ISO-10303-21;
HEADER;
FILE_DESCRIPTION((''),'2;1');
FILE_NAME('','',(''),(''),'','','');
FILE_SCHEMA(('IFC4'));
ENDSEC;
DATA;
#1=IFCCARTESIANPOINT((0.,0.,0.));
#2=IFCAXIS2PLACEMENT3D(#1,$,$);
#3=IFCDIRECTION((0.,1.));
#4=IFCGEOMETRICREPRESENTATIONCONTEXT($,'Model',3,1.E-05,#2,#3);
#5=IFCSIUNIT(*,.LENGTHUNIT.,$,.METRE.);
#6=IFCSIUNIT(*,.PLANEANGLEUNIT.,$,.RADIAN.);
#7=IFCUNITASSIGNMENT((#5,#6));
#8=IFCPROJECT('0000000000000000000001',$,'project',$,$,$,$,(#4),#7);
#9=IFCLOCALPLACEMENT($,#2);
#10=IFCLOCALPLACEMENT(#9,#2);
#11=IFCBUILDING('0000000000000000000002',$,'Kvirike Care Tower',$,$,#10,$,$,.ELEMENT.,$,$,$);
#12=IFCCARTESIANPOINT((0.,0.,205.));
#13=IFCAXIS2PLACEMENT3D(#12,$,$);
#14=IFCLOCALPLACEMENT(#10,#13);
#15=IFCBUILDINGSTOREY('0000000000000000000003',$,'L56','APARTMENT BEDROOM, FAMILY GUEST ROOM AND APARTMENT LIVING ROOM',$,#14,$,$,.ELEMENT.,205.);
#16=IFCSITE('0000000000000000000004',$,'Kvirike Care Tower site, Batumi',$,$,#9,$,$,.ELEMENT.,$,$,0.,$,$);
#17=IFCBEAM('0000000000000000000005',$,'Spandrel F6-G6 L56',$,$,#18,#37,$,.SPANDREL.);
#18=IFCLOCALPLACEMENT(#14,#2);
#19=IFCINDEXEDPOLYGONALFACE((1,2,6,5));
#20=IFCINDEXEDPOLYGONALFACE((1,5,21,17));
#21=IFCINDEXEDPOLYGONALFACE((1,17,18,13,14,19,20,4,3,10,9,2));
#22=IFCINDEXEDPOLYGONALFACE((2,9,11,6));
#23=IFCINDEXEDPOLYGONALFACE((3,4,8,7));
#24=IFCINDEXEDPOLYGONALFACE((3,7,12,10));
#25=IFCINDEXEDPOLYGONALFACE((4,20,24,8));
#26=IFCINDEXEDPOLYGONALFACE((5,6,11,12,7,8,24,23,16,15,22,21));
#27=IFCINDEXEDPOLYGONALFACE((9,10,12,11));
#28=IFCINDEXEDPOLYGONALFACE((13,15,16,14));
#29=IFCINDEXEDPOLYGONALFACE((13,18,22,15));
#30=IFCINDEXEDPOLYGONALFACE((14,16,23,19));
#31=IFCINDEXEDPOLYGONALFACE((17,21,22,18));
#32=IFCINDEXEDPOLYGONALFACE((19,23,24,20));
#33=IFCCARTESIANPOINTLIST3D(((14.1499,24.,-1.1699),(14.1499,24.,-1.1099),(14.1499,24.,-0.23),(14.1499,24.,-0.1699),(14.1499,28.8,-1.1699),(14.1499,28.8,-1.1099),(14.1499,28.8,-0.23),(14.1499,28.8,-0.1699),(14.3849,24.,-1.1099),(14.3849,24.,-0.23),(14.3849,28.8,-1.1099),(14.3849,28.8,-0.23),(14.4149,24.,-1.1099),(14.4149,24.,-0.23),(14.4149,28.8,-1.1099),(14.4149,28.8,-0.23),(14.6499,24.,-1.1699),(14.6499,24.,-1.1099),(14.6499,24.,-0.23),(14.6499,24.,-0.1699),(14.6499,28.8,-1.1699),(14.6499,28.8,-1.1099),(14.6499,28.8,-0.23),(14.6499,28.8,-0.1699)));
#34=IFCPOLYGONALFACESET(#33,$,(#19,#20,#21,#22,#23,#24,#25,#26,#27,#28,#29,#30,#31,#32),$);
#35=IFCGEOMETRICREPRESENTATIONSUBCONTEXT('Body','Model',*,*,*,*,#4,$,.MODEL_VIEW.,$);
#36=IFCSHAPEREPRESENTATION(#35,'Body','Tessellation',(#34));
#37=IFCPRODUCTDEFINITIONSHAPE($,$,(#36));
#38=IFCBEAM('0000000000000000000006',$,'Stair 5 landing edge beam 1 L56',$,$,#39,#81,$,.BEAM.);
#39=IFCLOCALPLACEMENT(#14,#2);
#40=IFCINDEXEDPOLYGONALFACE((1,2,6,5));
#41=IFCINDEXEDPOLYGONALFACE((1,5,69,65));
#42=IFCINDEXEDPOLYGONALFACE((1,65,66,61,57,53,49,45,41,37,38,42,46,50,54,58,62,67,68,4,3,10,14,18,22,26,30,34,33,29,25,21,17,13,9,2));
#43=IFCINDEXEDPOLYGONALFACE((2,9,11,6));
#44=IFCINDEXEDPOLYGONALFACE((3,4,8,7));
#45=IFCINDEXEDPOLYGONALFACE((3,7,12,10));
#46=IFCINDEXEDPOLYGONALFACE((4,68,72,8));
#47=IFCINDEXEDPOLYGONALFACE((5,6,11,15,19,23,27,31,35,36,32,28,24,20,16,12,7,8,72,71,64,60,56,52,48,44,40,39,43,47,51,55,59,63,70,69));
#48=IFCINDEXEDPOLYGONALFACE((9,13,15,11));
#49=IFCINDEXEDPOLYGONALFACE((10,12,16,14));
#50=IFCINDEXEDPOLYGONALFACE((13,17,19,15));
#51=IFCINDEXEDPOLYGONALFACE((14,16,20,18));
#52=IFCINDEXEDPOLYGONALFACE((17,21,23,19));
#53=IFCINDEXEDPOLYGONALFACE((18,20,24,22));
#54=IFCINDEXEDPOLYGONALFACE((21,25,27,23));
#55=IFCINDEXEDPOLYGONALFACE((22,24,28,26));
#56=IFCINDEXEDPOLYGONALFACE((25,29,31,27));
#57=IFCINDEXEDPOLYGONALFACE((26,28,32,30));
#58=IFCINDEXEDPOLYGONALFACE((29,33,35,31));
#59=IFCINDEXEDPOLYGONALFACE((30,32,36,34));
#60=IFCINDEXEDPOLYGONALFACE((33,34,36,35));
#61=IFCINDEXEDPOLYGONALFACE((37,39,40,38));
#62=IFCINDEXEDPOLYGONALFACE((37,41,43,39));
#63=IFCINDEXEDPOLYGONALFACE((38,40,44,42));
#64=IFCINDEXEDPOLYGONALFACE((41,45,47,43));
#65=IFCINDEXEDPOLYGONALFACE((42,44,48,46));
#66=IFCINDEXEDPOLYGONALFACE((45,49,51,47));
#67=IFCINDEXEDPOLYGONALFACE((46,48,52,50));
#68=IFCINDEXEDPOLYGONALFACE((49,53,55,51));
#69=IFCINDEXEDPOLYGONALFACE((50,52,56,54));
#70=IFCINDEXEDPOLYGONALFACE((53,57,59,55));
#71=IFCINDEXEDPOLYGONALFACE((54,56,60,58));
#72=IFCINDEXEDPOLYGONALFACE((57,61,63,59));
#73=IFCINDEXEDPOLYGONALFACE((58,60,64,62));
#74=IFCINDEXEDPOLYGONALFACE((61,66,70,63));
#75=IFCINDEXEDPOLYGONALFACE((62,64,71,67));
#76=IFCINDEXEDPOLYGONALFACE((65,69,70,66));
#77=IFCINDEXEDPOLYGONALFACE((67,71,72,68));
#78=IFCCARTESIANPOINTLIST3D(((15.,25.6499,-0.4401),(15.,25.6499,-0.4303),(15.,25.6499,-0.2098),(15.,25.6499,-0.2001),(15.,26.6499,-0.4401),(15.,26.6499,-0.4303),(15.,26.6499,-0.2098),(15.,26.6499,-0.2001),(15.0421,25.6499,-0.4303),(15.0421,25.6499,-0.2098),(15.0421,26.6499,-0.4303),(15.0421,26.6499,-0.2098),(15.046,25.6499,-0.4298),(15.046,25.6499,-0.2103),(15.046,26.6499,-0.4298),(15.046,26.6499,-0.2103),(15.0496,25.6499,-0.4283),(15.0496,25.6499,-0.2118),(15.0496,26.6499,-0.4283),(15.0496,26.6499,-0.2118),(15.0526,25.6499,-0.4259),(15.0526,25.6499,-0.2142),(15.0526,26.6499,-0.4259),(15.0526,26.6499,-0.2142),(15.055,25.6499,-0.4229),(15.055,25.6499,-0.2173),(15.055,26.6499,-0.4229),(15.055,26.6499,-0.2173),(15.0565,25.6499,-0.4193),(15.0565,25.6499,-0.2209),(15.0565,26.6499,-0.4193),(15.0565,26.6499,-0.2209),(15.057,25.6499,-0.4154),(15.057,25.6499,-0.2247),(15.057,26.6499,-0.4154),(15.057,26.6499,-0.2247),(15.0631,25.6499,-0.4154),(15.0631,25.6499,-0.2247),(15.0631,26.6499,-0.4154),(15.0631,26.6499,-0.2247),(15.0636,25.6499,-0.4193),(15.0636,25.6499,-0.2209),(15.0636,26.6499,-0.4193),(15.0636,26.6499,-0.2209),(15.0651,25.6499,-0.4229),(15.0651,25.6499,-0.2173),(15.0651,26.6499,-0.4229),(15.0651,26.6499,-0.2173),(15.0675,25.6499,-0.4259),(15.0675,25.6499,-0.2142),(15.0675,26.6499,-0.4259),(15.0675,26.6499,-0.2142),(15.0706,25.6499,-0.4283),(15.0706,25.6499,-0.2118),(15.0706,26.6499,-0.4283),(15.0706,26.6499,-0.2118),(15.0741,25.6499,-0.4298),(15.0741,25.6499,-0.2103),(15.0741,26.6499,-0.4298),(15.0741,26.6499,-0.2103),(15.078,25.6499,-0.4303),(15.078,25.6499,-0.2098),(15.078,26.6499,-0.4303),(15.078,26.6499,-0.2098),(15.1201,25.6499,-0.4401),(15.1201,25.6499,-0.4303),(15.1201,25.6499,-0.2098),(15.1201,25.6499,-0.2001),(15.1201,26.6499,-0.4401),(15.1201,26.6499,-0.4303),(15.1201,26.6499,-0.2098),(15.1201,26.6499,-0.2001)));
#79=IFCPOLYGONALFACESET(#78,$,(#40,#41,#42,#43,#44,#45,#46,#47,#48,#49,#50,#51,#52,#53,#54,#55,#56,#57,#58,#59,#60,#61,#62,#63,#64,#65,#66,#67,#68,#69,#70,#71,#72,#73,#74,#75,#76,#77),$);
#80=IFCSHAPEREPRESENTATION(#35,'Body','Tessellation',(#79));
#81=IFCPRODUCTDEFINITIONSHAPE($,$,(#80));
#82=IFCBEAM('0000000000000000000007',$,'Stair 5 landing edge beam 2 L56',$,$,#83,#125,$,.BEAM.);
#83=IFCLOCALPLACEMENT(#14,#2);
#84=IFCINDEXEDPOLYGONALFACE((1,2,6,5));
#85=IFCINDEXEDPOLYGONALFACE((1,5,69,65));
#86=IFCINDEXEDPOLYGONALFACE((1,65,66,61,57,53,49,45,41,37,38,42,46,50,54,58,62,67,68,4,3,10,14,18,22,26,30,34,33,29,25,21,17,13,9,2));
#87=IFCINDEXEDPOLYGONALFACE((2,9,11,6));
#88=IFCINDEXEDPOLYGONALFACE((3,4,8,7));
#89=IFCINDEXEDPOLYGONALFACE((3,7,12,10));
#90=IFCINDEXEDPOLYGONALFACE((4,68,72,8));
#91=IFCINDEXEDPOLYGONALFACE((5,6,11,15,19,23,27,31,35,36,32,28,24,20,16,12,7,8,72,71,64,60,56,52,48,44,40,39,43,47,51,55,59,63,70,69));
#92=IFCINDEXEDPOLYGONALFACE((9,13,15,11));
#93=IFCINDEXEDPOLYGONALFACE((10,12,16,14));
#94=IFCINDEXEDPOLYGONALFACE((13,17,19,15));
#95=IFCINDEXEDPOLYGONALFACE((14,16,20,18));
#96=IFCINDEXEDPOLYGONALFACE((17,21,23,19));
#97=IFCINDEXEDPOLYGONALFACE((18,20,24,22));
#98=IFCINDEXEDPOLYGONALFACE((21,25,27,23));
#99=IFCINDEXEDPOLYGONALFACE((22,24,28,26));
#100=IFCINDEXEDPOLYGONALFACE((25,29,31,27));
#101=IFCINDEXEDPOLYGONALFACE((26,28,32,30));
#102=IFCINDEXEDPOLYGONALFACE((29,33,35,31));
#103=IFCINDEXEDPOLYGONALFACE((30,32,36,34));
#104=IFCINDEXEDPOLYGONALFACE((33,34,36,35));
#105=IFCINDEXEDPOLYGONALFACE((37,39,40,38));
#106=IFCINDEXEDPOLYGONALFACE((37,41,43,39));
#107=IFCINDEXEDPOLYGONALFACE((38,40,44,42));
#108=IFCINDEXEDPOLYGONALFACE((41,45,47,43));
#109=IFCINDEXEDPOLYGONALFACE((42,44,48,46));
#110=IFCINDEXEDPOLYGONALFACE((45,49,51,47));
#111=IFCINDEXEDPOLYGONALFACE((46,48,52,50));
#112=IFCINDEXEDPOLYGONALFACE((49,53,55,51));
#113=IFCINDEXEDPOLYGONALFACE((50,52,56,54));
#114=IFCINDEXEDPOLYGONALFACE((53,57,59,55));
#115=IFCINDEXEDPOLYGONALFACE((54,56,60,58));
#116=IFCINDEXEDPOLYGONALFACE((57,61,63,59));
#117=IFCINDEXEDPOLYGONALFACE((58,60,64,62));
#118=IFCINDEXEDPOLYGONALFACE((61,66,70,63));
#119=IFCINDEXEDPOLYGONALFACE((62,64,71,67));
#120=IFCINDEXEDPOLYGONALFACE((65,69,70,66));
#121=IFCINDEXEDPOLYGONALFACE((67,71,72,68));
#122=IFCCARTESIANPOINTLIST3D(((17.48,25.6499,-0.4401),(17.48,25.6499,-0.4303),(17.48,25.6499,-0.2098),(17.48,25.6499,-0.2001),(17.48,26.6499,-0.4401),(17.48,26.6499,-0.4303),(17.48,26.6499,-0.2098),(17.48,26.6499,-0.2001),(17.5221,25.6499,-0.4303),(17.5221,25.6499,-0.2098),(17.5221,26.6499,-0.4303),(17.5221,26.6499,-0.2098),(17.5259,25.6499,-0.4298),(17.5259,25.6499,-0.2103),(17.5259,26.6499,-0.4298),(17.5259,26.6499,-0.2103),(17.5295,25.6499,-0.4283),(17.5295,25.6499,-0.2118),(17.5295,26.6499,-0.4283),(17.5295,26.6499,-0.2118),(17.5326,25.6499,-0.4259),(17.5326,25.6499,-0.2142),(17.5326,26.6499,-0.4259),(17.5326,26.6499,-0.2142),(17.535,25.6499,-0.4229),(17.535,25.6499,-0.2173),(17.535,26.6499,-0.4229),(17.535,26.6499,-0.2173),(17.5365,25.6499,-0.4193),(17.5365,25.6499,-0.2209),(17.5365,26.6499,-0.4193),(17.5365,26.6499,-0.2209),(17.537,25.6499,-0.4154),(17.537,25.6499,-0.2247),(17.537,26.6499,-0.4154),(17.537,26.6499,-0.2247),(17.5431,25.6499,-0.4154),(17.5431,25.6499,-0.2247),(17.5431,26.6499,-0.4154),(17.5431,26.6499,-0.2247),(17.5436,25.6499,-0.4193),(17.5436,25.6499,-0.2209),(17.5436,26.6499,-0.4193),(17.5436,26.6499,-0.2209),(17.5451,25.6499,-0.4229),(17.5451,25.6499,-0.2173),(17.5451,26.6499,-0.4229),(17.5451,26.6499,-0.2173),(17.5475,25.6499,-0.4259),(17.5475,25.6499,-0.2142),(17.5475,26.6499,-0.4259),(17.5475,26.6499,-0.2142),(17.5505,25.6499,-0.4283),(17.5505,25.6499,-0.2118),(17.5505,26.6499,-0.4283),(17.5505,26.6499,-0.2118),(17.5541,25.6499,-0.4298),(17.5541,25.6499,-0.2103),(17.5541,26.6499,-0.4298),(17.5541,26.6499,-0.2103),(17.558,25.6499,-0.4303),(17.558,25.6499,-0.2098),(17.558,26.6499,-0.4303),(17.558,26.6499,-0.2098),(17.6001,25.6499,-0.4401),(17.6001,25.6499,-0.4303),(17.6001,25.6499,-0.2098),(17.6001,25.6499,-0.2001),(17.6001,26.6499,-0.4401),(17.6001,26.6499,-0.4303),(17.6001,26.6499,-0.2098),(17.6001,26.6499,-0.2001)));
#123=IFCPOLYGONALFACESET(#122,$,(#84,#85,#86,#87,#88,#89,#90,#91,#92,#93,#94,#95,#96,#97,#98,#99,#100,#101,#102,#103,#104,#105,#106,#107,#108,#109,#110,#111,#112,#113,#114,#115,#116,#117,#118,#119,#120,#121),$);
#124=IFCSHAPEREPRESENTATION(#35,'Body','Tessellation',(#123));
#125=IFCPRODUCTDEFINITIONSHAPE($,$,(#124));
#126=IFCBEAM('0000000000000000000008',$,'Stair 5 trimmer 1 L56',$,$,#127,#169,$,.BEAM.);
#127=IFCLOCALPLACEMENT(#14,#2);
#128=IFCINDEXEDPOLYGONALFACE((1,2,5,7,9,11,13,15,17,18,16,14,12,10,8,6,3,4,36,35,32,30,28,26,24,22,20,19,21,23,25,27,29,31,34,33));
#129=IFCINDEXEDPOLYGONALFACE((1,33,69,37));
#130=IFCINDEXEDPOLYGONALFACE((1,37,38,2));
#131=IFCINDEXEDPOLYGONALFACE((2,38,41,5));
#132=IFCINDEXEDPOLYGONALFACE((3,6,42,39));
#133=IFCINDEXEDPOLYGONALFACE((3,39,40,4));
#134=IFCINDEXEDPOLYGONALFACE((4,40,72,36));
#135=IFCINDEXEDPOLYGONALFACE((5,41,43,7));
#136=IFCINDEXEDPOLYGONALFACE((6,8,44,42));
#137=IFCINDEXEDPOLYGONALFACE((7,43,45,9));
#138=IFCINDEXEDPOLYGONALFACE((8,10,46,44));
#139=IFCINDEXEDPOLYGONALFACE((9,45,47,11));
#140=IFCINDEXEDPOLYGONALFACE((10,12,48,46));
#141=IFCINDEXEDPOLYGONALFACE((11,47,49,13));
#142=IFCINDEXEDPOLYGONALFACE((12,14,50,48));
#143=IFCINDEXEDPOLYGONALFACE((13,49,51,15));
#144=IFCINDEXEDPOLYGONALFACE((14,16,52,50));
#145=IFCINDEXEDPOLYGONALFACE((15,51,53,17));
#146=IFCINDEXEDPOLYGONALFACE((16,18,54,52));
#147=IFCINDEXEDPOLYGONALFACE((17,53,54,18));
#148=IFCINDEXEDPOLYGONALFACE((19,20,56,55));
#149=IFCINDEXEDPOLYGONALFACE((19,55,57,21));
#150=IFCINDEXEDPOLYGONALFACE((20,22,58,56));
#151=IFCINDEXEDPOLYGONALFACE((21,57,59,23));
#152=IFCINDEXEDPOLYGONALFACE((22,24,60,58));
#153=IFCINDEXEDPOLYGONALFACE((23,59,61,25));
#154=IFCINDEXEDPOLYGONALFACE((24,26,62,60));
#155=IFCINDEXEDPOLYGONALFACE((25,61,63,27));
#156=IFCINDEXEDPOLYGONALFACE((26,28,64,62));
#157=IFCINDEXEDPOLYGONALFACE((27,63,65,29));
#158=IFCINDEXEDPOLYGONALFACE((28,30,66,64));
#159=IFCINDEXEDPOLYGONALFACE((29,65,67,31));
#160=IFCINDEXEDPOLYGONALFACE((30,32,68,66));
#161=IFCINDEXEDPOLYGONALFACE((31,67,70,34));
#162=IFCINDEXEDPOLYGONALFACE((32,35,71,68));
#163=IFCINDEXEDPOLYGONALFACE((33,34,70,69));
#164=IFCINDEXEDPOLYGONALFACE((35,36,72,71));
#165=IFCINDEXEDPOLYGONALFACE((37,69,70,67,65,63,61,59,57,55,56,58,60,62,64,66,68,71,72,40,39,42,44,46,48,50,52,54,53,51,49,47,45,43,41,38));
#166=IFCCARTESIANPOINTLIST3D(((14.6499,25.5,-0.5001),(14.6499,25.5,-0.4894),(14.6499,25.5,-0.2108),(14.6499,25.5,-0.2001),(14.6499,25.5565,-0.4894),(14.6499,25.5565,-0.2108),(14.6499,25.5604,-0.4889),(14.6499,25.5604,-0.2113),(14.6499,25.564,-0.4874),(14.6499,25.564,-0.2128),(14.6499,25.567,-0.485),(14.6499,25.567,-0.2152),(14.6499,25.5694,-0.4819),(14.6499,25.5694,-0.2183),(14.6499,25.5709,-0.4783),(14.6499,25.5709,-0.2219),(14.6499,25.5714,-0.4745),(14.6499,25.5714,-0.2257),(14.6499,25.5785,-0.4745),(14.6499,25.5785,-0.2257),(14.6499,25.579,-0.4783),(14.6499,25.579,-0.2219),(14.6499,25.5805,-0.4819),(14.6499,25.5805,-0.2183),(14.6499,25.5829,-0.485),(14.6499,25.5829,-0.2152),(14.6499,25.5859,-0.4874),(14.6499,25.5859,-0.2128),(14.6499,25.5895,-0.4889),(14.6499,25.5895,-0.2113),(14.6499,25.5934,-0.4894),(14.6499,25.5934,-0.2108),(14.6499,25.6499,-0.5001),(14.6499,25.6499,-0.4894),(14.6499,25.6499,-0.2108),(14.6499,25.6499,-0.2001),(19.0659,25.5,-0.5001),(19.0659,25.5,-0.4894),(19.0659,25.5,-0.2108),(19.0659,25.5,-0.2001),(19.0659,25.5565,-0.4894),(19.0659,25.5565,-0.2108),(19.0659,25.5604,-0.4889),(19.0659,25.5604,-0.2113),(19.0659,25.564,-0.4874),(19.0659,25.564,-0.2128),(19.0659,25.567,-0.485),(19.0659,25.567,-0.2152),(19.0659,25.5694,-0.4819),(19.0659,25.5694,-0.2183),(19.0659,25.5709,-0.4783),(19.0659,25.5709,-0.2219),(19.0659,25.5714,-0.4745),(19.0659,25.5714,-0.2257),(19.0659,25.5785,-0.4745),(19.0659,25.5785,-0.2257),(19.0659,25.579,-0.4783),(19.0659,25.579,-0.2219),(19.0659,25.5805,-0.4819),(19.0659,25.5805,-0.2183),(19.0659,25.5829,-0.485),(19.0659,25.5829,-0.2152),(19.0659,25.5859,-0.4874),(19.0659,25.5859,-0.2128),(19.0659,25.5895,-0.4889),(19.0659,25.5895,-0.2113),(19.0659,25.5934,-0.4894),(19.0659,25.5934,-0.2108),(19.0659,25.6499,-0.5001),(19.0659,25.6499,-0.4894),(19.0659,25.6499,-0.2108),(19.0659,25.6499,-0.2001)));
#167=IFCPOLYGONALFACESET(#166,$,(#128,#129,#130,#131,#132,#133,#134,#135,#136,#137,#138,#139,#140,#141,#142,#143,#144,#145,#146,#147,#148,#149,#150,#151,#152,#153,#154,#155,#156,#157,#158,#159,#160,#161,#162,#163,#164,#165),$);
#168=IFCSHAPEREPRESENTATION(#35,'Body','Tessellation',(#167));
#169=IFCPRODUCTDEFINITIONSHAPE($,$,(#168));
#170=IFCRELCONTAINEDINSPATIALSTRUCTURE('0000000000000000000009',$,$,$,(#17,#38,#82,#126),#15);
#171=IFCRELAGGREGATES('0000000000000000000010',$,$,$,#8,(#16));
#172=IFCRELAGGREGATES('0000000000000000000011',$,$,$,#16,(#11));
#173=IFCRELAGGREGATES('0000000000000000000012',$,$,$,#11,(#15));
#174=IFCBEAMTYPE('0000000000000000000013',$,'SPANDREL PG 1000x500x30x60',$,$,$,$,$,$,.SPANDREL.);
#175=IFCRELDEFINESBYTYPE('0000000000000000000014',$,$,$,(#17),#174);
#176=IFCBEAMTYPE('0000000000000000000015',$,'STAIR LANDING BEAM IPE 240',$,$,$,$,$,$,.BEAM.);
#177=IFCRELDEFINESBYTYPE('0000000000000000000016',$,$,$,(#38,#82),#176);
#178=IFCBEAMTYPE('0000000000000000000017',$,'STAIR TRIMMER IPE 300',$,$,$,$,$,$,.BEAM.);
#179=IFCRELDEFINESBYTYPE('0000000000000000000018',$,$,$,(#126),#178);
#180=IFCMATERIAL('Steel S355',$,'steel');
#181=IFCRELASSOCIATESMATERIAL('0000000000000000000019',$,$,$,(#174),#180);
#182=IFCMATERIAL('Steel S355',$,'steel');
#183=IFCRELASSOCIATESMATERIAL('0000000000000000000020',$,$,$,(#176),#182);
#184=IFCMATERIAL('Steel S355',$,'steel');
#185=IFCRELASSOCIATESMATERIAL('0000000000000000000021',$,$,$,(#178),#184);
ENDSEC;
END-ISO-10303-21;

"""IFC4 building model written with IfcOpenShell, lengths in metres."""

from ifc_helpers import new_model, si_unit, direction, frame, origin, origin_2d, place, context, subcontext, project, spatial, i_section, extrude, material, material_profile, profile_set, type_object, element, save


model = new_model("IFC4")

# Units and contexts
model_context = context("Model", 3, precision=1e-05, world=origin(), true_north=direction((0.0, 1.0)))
body_context = subcontext(model_context, "Body", "Model", "MODEL_VIEW")
ifc_project = project(units=[si_unit("LENGTHUNIT", "METRE"), si_unit("PLANEANGLEUNIT", "RADIAN")], contexts=[model_context])

# Site, building, storey
site_placement = place(None, origin())
site = spatial("IfcSite", under=ifc_project, at=site_placement, Name="Kvirike Care Tower site, Batumi", CompositionType="ELEMENT", RefElevation=0.0)
building_placement = place(site_placement, origin())
building = spatial("IfcBuilding", under=site, at=building_placement, Name="Kvirike Care Tower", CompositionType="ELEMENT")
storey_placement = place(building_placement, frame((0.0, 0.0, 205.0)))
storey = spatial("IfcBuildingStorey", under=building, at=storey_placement, Name="L56", Description="APARTMENT BEDROOM, FAMILY GUEST ROOM AND APARTMENT LIVING ROOM", CompositionType="ELEMENT", Elevation=205.0)

# Beams
ifc_material_1 = material(Name="Steel S355", Category="steel")
ifc_material_profile_1 = material_profile(ifc_material_1, i_section(OverallWidth=0.5, OverallDepth=1.0, WebThickness=0.03, FlangeThickness=0.0601, at=origin_2d()), Name="PG 1000x500x30x60")
ifc_profile_set_1 = profile_set([ifc_material_profile_1], Name="Steel S355")
beam_type_1 = type_object("IfcBeamType", Name="SPANDREL PG 1000x500x30x60", PredefinedType="SPANDREL", material=ifc_profile_set_1)
beam_placement = place(storey_placement, frame((14.3999, 24.0, -0.6699), z_axis=(0.0, 1.0, 0.0), x_axis=(-1.0, 0.0, 0.0)))
element("IfcBeam", 1, at=beam_placement, inside=storey, type_object=beam_type_1, Name="Spandrel F6-G6 L56", PredefinedType="SPANDREL", context=body_context, shape_type="SweptSolid", body=[
    extrude(i_section(OverallWidth=0.5, OverallDepth=1.0, WebThickness=0.03, FlangeThickness=0.0601, at=origin_2d()), origin(), (0.0, 0.0, 1.0), 4.8),
])
ifc_material_2 = material(Name="Steel S355", Category="steel")
ifc_material_profile_2 = material_profile(ifc_material_2, i_section(OverallWidth=0.1201, OverallDepth=0.24, WebThickness=0.0061, FlangeThickness=0.0098, FilletRadius=0.0149, at=origin_2d()), Name="IPE 240")
ifc_profile_set_2 = profile_set([ifc_material_profile_2], Name="Steel S355")
beam_type_2 = type_object("IfcBeamType", Name="STAIR LANDING BEAM IPE 240", PredefinedType="BEAM", material=ifc_profile_set_2)
for number, where, z_axis, x_axis, name in (
    (2, (15.0601, 25.6499, -0.3201), (0.0, 1.0, 0.0), (-1.0, 0.0, 0.0), "Stair 5 landing edge beam 1 L56"),
    (3, (17.54, 25.6499, -0.3201), (0.0, 1.0, 0.0), (-1.0, 0.0, 0.0), "Stair 5 landing edge beam 2 L56"),
):
    element("IfcBeam", number, at=place(storey_placement, frame(where, z_axis=z_axis, x_axis=x_axis)), inside=storey, type_object=beam_type_2, Name=name, PredefinedType="BEAM", context=body_context, shape_type="SweptSolid", body=[
        extrude(i_section(OverallWidth=0.1201, OverallDepth=0.24, WebThickness=0.0061, FlangeThickness=0.0098, FilletRadius=0.0149, at=origin_2d()), origin(), (0.0, 0.0, 1.0), 1.0),
    ])
ifc_material_3 = material(Name="Steel S355", Category="steel")
ifc_material_profile_3 = material_profile(ifc_material_3, i_section(OverallWidth=0.1499, OverallDepth=0.3, WebThickness=0.0071, FlangeThickness=0.0107, FilletRadius=0.0149, at=origin_2d()), Name="IPE 300")
ifc_profile_set_3 = profile_set([ifc_material_profile_3], Name="Steel S355")
beam_type_3 = type_object("IfcBeamType", Name="STAIR TRIMMER IPE 300", PredefinedType="BEAM", material=ifc_profile_set_3)
for number, where, z_axis, x_axis, name in (
    (4, (14.6499, 25.575, -0.3501), (1.0, 0.0, 0.0), (0.0, 1.0, 0.0), "Stair 5 trimmer 1 L56"),
):
    element("IfcBeam", number, at=place(storey_placement, frame(where, z_axis=z_axis, x_axis=x_axis)), inside=storey, type_object=beam_type_3, Name=name, PredefinedType="BEAM", context=body_context, shape_type="SweptSolid", body=[
        extrude(i_section(OverallWidth=0.1499, OverallDepth=0.3, WebThickness=0.0071, FlangeThickness=0.0107, FilletRadius=0.0149, at=origin_2d()), origin(), (0.0, 0.0, 1.0), 4.416),
    ])

save(model, "model.ifc")
